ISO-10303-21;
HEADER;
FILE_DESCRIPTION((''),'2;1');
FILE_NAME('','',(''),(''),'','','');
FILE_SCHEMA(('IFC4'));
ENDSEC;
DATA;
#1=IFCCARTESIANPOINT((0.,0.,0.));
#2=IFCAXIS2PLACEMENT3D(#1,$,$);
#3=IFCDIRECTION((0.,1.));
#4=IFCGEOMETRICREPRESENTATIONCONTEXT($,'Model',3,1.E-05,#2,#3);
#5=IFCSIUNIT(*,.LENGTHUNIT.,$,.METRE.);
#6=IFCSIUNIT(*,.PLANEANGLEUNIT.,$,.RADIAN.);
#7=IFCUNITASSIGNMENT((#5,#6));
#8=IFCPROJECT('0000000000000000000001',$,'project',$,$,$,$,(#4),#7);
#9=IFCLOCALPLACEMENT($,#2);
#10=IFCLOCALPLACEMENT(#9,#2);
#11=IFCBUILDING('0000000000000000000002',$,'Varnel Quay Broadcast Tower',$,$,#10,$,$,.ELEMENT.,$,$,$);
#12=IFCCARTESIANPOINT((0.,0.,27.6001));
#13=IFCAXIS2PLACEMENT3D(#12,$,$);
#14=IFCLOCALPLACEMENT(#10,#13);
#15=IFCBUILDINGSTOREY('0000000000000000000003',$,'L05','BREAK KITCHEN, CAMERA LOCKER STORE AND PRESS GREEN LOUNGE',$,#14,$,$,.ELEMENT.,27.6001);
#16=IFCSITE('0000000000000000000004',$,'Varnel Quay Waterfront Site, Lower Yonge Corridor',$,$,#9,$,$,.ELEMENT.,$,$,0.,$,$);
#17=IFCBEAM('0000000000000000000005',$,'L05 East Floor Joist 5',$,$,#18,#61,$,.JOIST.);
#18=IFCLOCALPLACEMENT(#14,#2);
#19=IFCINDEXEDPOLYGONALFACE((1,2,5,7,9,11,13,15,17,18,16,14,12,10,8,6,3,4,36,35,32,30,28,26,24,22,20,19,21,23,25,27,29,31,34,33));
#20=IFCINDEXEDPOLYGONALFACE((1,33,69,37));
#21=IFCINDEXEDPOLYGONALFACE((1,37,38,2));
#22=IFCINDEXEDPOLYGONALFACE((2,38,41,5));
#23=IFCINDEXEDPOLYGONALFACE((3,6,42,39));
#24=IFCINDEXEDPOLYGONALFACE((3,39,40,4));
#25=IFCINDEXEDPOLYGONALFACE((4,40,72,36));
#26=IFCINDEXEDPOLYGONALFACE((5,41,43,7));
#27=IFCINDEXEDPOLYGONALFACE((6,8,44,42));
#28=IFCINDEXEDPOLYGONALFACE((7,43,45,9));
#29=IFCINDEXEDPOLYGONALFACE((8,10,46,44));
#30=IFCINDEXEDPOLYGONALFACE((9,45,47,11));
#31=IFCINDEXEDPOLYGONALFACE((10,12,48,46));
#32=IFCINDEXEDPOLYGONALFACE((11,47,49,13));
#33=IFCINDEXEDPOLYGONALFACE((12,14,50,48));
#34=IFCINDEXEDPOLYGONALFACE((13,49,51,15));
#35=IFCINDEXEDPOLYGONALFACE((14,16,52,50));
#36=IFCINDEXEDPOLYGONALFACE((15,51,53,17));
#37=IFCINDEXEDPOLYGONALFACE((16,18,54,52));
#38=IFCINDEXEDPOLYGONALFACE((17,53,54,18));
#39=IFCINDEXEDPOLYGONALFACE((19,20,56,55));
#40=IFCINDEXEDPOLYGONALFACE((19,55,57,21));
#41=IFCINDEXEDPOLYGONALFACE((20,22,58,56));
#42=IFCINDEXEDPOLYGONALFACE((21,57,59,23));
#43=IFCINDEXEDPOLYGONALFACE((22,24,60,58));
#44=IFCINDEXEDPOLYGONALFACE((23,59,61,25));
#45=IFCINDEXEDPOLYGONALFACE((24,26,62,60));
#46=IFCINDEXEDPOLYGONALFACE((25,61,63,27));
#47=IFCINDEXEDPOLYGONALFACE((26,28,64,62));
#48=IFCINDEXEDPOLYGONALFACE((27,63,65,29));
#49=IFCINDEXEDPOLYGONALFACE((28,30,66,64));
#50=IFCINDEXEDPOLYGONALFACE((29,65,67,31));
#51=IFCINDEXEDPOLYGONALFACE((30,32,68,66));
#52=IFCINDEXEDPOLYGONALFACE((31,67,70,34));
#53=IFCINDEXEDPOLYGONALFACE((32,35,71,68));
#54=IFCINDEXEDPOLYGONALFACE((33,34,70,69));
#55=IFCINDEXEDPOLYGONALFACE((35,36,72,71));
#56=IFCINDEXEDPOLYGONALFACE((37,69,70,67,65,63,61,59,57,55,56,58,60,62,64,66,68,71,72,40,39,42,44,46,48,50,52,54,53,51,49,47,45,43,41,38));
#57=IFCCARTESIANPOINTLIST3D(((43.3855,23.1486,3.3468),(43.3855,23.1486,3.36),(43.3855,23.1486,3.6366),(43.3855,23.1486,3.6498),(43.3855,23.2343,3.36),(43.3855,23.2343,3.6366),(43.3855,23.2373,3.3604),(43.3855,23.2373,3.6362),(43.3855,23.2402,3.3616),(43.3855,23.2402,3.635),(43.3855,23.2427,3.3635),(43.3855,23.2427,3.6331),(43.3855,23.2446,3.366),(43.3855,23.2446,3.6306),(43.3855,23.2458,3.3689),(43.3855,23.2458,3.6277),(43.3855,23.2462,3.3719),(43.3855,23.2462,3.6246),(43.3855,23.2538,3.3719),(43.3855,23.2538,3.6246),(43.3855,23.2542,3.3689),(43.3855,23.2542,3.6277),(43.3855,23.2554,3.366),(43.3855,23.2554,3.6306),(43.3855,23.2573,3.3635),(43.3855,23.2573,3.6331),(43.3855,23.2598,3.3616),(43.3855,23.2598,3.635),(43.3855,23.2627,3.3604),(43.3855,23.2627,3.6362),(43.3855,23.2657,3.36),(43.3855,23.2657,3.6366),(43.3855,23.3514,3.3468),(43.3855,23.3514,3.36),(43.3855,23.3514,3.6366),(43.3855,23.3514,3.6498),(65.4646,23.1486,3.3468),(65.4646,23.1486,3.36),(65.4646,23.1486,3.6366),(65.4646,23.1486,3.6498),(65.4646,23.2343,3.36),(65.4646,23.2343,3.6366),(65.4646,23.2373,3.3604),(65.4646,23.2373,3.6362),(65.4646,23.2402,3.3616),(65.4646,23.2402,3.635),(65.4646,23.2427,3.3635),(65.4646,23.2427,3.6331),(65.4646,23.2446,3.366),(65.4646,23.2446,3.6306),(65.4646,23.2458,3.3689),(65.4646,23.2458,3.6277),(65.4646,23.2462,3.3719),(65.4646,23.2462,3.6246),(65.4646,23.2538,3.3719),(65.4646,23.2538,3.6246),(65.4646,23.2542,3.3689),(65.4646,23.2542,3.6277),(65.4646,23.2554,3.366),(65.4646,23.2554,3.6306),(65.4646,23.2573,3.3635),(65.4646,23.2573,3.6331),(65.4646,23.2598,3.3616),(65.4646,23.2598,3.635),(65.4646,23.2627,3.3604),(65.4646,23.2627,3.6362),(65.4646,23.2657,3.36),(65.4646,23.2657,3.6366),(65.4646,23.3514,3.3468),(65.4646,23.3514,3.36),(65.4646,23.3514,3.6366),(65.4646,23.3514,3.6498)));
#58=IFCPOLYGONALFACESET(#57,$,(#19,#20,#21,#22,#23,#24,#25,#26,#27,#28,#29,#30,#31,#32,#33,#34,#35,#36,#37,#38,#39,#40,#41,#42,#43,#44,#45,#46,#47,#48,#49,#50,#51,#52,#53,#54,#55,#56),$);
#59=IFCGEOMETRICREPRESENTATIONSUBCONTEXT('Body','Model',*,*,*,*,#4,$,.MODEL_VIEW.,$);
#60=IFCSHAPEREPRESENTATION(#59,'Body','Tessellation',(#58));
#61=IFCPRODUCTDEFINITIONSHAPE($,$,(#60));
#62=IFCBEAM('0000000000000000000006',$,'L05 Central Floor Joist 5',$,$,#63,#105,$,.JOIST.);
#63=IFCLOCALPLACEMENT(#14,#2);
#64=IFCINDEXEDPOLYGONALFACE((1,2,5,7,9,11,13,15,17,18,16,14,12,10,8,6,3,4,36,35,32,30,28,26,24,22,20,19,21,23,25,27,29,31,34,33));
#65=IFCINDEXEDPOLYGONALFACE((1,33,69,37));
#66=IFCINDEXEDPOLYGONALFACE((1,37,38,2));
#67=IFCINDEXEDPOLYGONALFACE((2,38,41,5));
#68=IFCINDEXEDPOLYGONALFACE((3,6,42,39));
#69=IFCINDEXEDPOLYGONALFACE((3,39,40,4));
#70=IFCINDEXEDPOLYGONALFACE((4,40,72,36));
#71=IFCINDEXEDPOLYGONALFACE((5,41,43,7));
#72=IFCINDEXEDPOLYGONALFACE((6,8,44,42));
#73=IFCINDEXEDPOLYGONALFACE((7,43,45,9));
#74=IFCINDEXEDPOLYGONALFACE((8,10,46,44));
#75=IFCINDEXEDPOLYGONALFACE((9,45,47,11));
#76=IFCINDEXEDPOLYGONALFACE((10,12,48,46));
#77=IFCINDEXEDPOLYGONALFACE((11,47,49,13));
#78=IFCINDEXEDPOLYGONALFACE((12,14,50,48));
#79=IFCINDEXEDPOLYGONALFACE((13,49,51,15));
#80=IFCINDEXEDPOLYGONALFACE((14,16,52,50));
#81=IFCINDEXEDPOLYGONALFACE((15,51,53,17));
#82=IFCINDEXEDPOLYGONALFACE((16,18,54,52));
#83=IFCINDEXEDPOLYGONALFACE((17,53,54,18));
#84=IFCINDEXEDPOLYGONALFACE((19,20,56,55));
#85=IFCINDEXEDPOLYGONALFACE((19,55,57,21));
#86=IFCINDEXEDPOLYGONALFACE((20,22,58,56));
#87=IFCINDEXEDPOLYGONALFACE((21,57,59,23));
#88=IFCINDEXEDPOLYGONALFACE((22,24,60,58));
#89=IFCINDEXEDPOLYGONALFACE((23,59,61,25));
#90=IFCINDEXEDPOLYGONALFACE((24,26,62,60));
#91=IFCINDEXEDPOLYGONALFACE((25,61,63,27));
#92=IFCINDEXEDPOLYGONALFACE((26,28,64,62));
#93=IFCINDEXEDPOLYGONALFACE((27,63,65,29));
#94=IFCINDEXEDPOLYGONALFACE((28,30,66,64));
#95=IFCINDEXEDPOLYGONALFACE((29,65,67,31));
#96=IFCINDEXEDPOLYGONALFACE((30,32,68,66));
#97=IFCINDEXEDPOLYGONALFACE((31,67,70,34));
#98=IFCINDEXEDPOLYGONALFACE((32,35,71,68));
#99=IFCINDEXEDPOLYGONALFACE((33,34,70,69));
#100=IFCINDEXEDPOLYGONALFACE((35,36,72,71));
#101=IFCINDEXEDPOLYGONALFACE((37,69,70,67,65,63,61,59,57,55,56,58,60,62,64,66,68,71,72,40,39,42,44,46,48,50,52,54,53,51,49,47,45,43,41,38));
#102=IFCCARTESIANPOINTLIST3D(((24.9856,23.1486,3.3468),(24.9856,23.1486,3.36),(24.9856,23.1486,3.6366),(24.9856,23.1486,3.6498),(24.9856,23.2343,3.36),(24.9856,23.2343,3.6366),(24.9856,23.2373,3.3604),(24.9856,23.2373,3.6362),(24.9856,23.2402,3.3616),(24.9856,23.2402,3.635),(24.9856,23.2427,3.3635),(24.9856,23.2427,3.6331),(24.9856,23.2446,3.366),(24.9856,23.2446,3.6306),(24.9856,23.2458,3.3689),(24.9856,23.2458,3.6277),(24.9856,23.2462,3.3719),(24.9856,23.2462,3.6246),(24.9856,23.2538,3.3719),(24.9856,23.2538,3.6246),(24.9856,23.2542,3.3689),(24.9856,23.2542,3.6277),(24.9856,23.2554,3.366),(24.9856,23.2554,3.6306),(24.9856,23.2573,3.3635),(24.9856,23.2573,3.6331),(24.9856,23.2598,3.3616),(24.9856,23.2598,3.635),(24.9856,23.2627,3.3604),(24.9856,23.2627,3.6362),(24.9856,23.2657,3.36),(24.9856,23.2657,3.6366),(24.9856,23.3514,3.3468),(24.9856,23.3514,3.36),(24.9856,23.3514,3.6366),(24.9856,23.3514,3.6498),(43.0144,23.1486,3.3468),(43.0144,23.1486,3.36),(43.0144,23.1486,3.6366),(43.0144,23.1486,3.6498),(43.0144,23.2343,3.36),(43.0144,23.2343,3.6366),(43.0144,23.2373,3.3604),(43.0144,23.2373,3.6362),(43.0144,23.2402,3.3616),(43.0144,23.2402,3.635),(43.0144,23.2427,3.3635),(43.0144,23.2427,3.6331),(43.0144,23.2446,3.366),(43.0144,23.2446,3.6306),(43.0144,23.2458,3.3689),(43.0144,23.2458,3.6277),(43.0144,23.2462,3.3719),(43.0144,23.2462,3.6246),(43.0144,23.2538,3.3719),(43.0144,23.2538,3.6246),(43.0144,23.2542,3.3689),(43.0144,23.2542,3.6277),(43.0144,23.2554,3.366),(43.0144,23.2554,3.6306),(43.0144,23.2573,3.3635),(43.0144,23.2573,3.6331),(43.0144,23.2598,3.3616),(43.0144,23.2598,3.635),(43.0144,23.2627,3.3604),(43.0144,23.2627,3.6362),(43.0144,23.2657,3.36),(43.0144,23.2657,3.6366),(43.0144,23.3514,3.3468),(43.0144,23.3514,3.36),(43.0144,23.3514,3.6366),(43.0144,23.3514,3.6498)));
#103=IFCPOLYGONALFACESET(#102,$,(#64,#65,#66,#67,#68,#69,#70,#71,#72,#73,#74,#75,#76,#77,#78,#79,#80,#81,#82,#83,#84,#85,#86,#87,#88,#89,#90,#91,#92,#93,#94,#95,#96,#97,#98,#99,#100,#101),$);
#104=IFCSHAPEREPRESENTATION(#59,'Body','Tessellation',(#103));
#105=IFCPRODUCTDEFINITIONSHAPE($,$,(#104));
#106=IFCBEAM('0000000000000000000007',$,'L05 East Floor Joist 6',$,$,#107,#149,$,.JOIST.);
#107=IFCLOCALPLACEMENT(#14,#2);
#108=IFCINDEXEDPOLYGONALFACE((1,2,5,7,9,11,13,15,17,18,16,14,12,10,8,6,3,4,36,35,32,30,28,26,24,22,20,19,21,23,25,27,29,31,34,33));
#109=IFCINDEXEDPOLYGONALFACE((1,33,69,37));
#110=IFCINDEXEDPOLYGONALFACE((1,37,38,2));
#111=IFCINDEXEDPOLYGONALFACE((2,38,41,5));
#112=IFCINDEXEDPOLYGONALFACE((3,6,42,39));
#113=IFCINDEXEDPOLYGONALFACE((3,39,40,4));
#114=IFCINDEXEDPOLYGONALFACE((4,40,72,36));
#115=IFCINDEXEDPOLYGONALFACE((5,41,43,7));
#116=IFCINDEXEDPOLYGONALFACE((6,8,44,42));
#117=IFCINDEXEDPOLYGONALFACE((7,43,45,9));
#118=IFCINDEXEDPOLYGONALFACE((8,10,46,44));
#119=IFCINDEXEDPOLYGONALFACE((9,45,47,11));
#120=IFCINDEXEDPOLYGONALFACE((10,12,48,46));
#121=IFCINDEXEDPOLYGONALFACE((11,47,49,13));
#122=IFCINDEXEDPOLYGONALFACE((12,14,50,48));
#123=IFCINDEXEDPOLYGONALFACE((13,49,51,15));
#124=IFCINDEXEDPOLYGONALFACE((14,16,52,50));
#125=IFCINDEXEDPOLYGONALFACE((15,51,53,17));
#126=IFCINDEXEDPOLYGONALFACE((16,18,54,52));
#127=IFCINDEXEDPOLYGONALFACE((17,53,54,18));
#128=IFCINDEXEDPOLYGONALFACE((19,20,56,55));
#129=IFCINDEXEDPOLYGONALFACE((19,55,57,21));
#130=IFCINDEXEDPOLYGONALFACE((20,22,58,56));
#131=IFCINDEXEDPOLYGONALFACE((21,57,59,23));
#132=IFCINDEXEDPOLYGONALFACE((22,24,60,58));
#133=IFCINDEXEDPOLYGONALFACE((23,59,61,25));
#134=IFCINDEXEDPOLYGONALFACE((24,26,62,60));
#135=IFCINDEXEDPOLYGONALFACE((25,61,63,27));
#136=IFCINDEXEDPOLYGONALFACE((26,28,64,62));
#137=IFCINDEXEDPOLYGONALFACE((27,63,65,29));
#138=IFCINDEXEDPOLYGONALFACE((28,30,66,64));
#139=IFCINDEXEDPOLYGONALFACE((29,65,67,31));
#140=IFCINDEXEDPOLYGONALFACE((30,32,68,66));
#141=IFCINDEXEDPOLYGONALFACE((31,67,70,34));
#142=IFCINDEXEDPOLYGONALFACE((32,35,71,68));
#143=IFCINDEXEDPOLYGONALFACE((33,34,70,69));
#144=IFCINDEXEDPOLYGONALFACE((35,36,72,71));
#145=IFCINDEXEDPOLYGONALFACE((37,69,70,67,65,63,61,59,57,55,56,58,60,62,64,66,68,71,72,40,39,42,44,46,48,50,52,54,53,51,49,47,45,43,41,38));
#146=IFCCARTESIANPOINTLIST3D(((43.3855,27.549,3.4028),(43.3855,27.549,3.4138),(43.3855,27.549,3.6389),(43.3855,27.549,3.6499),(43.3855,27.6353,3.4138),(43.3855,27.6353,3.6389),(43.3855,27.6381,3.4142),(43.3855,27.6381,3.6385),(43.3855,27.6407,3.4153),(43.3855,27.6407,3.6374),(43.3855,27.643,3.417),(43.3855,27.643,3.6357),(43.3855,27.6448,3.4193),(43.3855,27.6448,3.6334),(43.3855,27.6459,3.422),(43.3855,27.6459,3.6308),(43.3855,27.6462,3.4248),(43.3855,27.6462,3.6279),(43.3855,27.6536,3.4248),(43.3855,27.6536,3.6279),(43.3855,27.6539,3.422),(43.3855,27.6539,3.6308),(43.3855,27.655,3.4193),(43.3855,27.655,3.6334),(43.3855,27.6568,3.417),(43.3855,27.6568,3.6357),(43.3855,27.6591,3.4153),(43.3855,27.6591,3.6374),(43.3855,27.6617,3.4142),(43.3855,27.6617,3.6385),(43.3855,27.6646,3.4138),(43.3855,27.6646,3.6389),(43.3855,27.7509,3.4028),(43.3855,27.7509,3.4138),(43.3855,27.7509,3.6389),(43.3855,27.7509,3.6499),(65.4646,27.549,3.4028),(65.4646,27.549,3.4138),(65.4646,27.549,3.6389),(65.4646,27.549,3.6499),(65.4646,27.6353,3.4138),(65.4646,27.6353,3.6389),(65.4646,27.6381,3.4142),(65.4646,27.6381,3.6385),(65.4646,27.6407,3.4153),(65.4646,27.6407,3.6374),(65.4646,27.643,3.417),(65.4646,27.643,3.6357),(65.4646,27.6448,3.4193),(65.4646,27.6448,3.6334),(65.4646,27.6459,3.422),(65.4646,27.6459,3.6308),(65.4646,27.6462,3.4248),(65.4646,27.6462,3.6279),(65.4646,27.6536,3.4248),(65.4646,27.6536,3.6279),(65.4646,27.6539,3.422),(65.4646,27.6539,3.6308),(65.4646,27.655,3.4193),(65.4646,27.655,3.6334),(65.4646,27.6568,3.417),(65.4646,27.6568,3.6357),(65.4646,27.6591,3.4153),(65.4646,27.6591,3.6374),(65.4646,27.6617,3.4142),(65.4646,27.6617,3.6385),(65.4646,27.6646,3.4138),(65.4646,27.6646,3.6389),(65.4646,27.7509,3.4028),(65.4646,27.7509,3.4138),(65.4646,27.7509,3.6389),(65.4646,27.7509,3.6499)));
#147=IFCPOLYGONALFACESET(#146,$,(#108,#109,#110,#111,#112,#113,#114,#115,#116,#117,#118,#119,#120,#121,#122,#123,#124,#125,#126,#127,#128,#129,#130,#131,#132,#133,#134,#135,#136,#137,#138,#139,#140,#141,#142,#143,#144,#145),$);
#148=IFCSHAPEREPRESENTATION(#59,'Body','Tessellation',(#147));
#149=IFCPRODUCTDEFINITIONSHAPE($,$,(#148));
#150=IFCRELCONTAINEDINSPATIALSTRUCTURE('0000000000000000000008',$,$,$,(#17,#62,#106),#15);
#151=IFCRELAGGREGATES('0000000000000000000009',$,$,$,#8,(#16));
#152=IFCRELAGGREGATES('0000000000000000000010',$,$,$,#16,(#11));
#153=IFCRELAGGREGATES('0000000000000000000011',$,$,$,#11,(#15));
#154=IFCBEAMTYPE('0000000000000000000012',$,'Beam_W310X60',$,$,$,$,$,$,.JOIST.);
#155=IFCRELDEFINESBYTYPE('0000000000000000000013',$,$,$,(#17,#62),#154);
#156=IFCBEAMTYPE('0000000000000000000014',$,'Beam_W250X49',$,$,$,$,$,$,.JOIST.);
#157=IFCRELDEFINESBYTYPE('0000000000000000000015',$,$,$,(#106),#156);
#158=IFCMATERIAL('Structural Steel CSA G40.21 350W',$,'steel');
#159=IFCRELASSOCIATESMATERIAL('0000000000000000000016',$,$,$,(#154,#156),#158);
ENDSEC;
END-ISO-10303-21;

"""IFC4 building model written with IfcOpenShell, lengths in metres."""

from ifc_helpers import new_model, si_unit, direction, frame, origin, origin_2d, place, context, subcontext, project, spatial, i_section, extrude, source, transform, mapped, material, material_profile, profile_set, type_object, type_shapes, element, save


model = new_model("IFC4")

# Units and contexts
model_context = context("Model", 3, precision=1e-05, world=origin(), true_north=direction((0.0, 1.0)))
body_context = subcontext(model_context, "Body", "Model", "MODEL_VIEW")
ifc_project = project(units=[si_unit("LENGTHUNIT", "METRE"), si_unit("PLANEANGLEUNIT", "RADIAN")], contexts=[model_context])

# Site, building, storey
site_placement = place(None, origin())
site = spatial("IfcSite", under=ifc_project, at=site_placement, Name="Varnel Quay Waterfront Site, Lower Yonge Corridor", CompositionType="ELEMENT", RefElevation=0.0)
building_placement = place(site_placement, origin())
building = spatial("IfcBuilding", under=site, at=building_placement, Name="Varnel Quay Broadcast Tower", CompositionType="ELEMENT")
storey_placement = place(building_placement, frame((0.0, 0.0, 27.6001)))
storey = spatial("IfcBuildingStorey", under=building, at=storey_placement, Name="L05", Description="BREAK KITCHEN, CAMERA LOCKER STORE AND PRESS GREEN LOUNGE", CompositionType="ELEMENT", Elevation=27.6001)

# Beams
ifc_material_1 = material(Name="Structural Steel CSA G40.21 350W", Category="steel")
ifc_material_profile_1 = material_profile(ifc_material_1, i_section(OverallWidth=0.2029, OverallDepth=0.303, WebThickness=0.0076, FlangeThickness=0.0132, FilletRadius=0.012, at=origin_2d()), Name="W310X60")
ifc_profile_set_1 = profile_set([ifc_material_profile_1], Name="Structural Steel CSA G40.21 350W")
beam_type_1 = type_object("IfcBeamType", Name="Beam_W310X60", PredefinedType="JOIST", material=ifc_profile_set_1)
shared_shape_1 = source(origin(), body_context, "Body", "SweptSolid", [
    extrude(i_section(OverallWidth=0.2029, OverallDepth=0.303, WebThickness=0.0076, FlangeThickness=0.0132, FilletRadius=0.012, at=origin_2d()), origin(), (0.0, 0.0, 1.0), 22.0791),
])
beam_1_placement = place(storey_placement, frame((43.3855, 23.25, 3.4983), z_axis=(1.0, 0.0, 0.0), x_axis=(0.0, 1.0, 0.0)))
element("IfcBeam", 1, at=beam_1_placement, inside=storey, type_object=beam_type_1, Name="L05 East Floor Joist 5", PredefinedType="JOIST", context=body_context, shape_type="MappedRepresentation", body=[
    mapped(shared_shape_1, transform((0.0, 0.0, 0.0), x_axis=(1.0, 0.0, 0.0), y_axis=(0.0, 1.0, 0.0), z_axis=(0.0, 0.0, 1.0), scale=1.0)),
])
shared_shape_2 = source(origin(), body_context, "Body", "SweptSolid", [
    extrude(i_section(OverallWidth=0.2029, OverallDepth=0.303, WebThickness=0.0076, FlangeThickness=0.0132, FilletRadius=0.012, at=origin_2d()), origin(), (0.0, 0.0, 1.0), 18.0288),
])
type_shapes(beam_type_1, [shared_shape_1, shared_shape_2])
beam_2_placement = place(storey_placement, frame((24.9856, 23.25, 3.4983), z_axis=(1.0, 0.0, 0.0), x_axis=(0.0, 1.0, 0.0)))
element("IfcBeam", 2, at=beam_2_placement, inside=storey, type_object=beam_type_1, Name="L05 Central Floor Joist 5", PredefinedType="JOIST", context=body_context, shape_type="MappedRepresentation", body=[
    mapped(shared_shape_2, transform((0.0, 0.0, 0.0), x_axis=(1.0, 0.0, 0.0), y_axis=(0.0, 1.0, 0.0), z_axis=(0.0, 0.0, 1.0), scale=1.0)),
])
ifc_material_profile_2 = material_profile(ifc_material_1, i_section(OverallWidth=0.2019, OverallDepth=0.2471, WebThickness=0.0073, FlangeThickness=0.011, FilletRadius=0.011, at=origin_2d()), Name="W250X49")
ifc_profile_set_2 = profile_set([ifc_material_profile_2], Name="Structural Steel CSA G40.21 350W")
beam_type_2 = type_object("IfcBeamType", Name="Beam_W250X49", PredefinedType="JOIST", material=ifc_profile_set_2)
shared_shape_3 = source(origin(), body_context, "Body", "SweptSolid", [
    extrude(i_section(OverallWidth=0.2019, OverallDepth=0.2471, WebThickness=0.0073, FlangeThickness=0.011, FilletRadius=0.011, at=origin_2d()), origin(), (0.0, 0.0, 1.0), 22.0791),
])
beam_3_placement = place(storey_placement, frame((43.3855, 27.6499, 3.5264), z_axis=(1.0, 0.0, 0.0), x_axis=(0.0, 1.0, 0.0)))
element("IfcBeam", 3, at=beam_3_placement, inside=storey, type_object=beam_type_2, Name="L05 East Floor Joist 6", PredefinedType="JOIST", context=body_context, shape_type="MappedRepresentation", body=[
    mapped(shared_shape_3, transform((0.0, 0.0, 0.0), x_axis=(1.0, 0.0, 0.0), y_axis=(0.0, 1.0, 0.0), z_axis=(0.0, 0.0, 1.0), scale=1.0)),
])

save(model, "model.ifc")
